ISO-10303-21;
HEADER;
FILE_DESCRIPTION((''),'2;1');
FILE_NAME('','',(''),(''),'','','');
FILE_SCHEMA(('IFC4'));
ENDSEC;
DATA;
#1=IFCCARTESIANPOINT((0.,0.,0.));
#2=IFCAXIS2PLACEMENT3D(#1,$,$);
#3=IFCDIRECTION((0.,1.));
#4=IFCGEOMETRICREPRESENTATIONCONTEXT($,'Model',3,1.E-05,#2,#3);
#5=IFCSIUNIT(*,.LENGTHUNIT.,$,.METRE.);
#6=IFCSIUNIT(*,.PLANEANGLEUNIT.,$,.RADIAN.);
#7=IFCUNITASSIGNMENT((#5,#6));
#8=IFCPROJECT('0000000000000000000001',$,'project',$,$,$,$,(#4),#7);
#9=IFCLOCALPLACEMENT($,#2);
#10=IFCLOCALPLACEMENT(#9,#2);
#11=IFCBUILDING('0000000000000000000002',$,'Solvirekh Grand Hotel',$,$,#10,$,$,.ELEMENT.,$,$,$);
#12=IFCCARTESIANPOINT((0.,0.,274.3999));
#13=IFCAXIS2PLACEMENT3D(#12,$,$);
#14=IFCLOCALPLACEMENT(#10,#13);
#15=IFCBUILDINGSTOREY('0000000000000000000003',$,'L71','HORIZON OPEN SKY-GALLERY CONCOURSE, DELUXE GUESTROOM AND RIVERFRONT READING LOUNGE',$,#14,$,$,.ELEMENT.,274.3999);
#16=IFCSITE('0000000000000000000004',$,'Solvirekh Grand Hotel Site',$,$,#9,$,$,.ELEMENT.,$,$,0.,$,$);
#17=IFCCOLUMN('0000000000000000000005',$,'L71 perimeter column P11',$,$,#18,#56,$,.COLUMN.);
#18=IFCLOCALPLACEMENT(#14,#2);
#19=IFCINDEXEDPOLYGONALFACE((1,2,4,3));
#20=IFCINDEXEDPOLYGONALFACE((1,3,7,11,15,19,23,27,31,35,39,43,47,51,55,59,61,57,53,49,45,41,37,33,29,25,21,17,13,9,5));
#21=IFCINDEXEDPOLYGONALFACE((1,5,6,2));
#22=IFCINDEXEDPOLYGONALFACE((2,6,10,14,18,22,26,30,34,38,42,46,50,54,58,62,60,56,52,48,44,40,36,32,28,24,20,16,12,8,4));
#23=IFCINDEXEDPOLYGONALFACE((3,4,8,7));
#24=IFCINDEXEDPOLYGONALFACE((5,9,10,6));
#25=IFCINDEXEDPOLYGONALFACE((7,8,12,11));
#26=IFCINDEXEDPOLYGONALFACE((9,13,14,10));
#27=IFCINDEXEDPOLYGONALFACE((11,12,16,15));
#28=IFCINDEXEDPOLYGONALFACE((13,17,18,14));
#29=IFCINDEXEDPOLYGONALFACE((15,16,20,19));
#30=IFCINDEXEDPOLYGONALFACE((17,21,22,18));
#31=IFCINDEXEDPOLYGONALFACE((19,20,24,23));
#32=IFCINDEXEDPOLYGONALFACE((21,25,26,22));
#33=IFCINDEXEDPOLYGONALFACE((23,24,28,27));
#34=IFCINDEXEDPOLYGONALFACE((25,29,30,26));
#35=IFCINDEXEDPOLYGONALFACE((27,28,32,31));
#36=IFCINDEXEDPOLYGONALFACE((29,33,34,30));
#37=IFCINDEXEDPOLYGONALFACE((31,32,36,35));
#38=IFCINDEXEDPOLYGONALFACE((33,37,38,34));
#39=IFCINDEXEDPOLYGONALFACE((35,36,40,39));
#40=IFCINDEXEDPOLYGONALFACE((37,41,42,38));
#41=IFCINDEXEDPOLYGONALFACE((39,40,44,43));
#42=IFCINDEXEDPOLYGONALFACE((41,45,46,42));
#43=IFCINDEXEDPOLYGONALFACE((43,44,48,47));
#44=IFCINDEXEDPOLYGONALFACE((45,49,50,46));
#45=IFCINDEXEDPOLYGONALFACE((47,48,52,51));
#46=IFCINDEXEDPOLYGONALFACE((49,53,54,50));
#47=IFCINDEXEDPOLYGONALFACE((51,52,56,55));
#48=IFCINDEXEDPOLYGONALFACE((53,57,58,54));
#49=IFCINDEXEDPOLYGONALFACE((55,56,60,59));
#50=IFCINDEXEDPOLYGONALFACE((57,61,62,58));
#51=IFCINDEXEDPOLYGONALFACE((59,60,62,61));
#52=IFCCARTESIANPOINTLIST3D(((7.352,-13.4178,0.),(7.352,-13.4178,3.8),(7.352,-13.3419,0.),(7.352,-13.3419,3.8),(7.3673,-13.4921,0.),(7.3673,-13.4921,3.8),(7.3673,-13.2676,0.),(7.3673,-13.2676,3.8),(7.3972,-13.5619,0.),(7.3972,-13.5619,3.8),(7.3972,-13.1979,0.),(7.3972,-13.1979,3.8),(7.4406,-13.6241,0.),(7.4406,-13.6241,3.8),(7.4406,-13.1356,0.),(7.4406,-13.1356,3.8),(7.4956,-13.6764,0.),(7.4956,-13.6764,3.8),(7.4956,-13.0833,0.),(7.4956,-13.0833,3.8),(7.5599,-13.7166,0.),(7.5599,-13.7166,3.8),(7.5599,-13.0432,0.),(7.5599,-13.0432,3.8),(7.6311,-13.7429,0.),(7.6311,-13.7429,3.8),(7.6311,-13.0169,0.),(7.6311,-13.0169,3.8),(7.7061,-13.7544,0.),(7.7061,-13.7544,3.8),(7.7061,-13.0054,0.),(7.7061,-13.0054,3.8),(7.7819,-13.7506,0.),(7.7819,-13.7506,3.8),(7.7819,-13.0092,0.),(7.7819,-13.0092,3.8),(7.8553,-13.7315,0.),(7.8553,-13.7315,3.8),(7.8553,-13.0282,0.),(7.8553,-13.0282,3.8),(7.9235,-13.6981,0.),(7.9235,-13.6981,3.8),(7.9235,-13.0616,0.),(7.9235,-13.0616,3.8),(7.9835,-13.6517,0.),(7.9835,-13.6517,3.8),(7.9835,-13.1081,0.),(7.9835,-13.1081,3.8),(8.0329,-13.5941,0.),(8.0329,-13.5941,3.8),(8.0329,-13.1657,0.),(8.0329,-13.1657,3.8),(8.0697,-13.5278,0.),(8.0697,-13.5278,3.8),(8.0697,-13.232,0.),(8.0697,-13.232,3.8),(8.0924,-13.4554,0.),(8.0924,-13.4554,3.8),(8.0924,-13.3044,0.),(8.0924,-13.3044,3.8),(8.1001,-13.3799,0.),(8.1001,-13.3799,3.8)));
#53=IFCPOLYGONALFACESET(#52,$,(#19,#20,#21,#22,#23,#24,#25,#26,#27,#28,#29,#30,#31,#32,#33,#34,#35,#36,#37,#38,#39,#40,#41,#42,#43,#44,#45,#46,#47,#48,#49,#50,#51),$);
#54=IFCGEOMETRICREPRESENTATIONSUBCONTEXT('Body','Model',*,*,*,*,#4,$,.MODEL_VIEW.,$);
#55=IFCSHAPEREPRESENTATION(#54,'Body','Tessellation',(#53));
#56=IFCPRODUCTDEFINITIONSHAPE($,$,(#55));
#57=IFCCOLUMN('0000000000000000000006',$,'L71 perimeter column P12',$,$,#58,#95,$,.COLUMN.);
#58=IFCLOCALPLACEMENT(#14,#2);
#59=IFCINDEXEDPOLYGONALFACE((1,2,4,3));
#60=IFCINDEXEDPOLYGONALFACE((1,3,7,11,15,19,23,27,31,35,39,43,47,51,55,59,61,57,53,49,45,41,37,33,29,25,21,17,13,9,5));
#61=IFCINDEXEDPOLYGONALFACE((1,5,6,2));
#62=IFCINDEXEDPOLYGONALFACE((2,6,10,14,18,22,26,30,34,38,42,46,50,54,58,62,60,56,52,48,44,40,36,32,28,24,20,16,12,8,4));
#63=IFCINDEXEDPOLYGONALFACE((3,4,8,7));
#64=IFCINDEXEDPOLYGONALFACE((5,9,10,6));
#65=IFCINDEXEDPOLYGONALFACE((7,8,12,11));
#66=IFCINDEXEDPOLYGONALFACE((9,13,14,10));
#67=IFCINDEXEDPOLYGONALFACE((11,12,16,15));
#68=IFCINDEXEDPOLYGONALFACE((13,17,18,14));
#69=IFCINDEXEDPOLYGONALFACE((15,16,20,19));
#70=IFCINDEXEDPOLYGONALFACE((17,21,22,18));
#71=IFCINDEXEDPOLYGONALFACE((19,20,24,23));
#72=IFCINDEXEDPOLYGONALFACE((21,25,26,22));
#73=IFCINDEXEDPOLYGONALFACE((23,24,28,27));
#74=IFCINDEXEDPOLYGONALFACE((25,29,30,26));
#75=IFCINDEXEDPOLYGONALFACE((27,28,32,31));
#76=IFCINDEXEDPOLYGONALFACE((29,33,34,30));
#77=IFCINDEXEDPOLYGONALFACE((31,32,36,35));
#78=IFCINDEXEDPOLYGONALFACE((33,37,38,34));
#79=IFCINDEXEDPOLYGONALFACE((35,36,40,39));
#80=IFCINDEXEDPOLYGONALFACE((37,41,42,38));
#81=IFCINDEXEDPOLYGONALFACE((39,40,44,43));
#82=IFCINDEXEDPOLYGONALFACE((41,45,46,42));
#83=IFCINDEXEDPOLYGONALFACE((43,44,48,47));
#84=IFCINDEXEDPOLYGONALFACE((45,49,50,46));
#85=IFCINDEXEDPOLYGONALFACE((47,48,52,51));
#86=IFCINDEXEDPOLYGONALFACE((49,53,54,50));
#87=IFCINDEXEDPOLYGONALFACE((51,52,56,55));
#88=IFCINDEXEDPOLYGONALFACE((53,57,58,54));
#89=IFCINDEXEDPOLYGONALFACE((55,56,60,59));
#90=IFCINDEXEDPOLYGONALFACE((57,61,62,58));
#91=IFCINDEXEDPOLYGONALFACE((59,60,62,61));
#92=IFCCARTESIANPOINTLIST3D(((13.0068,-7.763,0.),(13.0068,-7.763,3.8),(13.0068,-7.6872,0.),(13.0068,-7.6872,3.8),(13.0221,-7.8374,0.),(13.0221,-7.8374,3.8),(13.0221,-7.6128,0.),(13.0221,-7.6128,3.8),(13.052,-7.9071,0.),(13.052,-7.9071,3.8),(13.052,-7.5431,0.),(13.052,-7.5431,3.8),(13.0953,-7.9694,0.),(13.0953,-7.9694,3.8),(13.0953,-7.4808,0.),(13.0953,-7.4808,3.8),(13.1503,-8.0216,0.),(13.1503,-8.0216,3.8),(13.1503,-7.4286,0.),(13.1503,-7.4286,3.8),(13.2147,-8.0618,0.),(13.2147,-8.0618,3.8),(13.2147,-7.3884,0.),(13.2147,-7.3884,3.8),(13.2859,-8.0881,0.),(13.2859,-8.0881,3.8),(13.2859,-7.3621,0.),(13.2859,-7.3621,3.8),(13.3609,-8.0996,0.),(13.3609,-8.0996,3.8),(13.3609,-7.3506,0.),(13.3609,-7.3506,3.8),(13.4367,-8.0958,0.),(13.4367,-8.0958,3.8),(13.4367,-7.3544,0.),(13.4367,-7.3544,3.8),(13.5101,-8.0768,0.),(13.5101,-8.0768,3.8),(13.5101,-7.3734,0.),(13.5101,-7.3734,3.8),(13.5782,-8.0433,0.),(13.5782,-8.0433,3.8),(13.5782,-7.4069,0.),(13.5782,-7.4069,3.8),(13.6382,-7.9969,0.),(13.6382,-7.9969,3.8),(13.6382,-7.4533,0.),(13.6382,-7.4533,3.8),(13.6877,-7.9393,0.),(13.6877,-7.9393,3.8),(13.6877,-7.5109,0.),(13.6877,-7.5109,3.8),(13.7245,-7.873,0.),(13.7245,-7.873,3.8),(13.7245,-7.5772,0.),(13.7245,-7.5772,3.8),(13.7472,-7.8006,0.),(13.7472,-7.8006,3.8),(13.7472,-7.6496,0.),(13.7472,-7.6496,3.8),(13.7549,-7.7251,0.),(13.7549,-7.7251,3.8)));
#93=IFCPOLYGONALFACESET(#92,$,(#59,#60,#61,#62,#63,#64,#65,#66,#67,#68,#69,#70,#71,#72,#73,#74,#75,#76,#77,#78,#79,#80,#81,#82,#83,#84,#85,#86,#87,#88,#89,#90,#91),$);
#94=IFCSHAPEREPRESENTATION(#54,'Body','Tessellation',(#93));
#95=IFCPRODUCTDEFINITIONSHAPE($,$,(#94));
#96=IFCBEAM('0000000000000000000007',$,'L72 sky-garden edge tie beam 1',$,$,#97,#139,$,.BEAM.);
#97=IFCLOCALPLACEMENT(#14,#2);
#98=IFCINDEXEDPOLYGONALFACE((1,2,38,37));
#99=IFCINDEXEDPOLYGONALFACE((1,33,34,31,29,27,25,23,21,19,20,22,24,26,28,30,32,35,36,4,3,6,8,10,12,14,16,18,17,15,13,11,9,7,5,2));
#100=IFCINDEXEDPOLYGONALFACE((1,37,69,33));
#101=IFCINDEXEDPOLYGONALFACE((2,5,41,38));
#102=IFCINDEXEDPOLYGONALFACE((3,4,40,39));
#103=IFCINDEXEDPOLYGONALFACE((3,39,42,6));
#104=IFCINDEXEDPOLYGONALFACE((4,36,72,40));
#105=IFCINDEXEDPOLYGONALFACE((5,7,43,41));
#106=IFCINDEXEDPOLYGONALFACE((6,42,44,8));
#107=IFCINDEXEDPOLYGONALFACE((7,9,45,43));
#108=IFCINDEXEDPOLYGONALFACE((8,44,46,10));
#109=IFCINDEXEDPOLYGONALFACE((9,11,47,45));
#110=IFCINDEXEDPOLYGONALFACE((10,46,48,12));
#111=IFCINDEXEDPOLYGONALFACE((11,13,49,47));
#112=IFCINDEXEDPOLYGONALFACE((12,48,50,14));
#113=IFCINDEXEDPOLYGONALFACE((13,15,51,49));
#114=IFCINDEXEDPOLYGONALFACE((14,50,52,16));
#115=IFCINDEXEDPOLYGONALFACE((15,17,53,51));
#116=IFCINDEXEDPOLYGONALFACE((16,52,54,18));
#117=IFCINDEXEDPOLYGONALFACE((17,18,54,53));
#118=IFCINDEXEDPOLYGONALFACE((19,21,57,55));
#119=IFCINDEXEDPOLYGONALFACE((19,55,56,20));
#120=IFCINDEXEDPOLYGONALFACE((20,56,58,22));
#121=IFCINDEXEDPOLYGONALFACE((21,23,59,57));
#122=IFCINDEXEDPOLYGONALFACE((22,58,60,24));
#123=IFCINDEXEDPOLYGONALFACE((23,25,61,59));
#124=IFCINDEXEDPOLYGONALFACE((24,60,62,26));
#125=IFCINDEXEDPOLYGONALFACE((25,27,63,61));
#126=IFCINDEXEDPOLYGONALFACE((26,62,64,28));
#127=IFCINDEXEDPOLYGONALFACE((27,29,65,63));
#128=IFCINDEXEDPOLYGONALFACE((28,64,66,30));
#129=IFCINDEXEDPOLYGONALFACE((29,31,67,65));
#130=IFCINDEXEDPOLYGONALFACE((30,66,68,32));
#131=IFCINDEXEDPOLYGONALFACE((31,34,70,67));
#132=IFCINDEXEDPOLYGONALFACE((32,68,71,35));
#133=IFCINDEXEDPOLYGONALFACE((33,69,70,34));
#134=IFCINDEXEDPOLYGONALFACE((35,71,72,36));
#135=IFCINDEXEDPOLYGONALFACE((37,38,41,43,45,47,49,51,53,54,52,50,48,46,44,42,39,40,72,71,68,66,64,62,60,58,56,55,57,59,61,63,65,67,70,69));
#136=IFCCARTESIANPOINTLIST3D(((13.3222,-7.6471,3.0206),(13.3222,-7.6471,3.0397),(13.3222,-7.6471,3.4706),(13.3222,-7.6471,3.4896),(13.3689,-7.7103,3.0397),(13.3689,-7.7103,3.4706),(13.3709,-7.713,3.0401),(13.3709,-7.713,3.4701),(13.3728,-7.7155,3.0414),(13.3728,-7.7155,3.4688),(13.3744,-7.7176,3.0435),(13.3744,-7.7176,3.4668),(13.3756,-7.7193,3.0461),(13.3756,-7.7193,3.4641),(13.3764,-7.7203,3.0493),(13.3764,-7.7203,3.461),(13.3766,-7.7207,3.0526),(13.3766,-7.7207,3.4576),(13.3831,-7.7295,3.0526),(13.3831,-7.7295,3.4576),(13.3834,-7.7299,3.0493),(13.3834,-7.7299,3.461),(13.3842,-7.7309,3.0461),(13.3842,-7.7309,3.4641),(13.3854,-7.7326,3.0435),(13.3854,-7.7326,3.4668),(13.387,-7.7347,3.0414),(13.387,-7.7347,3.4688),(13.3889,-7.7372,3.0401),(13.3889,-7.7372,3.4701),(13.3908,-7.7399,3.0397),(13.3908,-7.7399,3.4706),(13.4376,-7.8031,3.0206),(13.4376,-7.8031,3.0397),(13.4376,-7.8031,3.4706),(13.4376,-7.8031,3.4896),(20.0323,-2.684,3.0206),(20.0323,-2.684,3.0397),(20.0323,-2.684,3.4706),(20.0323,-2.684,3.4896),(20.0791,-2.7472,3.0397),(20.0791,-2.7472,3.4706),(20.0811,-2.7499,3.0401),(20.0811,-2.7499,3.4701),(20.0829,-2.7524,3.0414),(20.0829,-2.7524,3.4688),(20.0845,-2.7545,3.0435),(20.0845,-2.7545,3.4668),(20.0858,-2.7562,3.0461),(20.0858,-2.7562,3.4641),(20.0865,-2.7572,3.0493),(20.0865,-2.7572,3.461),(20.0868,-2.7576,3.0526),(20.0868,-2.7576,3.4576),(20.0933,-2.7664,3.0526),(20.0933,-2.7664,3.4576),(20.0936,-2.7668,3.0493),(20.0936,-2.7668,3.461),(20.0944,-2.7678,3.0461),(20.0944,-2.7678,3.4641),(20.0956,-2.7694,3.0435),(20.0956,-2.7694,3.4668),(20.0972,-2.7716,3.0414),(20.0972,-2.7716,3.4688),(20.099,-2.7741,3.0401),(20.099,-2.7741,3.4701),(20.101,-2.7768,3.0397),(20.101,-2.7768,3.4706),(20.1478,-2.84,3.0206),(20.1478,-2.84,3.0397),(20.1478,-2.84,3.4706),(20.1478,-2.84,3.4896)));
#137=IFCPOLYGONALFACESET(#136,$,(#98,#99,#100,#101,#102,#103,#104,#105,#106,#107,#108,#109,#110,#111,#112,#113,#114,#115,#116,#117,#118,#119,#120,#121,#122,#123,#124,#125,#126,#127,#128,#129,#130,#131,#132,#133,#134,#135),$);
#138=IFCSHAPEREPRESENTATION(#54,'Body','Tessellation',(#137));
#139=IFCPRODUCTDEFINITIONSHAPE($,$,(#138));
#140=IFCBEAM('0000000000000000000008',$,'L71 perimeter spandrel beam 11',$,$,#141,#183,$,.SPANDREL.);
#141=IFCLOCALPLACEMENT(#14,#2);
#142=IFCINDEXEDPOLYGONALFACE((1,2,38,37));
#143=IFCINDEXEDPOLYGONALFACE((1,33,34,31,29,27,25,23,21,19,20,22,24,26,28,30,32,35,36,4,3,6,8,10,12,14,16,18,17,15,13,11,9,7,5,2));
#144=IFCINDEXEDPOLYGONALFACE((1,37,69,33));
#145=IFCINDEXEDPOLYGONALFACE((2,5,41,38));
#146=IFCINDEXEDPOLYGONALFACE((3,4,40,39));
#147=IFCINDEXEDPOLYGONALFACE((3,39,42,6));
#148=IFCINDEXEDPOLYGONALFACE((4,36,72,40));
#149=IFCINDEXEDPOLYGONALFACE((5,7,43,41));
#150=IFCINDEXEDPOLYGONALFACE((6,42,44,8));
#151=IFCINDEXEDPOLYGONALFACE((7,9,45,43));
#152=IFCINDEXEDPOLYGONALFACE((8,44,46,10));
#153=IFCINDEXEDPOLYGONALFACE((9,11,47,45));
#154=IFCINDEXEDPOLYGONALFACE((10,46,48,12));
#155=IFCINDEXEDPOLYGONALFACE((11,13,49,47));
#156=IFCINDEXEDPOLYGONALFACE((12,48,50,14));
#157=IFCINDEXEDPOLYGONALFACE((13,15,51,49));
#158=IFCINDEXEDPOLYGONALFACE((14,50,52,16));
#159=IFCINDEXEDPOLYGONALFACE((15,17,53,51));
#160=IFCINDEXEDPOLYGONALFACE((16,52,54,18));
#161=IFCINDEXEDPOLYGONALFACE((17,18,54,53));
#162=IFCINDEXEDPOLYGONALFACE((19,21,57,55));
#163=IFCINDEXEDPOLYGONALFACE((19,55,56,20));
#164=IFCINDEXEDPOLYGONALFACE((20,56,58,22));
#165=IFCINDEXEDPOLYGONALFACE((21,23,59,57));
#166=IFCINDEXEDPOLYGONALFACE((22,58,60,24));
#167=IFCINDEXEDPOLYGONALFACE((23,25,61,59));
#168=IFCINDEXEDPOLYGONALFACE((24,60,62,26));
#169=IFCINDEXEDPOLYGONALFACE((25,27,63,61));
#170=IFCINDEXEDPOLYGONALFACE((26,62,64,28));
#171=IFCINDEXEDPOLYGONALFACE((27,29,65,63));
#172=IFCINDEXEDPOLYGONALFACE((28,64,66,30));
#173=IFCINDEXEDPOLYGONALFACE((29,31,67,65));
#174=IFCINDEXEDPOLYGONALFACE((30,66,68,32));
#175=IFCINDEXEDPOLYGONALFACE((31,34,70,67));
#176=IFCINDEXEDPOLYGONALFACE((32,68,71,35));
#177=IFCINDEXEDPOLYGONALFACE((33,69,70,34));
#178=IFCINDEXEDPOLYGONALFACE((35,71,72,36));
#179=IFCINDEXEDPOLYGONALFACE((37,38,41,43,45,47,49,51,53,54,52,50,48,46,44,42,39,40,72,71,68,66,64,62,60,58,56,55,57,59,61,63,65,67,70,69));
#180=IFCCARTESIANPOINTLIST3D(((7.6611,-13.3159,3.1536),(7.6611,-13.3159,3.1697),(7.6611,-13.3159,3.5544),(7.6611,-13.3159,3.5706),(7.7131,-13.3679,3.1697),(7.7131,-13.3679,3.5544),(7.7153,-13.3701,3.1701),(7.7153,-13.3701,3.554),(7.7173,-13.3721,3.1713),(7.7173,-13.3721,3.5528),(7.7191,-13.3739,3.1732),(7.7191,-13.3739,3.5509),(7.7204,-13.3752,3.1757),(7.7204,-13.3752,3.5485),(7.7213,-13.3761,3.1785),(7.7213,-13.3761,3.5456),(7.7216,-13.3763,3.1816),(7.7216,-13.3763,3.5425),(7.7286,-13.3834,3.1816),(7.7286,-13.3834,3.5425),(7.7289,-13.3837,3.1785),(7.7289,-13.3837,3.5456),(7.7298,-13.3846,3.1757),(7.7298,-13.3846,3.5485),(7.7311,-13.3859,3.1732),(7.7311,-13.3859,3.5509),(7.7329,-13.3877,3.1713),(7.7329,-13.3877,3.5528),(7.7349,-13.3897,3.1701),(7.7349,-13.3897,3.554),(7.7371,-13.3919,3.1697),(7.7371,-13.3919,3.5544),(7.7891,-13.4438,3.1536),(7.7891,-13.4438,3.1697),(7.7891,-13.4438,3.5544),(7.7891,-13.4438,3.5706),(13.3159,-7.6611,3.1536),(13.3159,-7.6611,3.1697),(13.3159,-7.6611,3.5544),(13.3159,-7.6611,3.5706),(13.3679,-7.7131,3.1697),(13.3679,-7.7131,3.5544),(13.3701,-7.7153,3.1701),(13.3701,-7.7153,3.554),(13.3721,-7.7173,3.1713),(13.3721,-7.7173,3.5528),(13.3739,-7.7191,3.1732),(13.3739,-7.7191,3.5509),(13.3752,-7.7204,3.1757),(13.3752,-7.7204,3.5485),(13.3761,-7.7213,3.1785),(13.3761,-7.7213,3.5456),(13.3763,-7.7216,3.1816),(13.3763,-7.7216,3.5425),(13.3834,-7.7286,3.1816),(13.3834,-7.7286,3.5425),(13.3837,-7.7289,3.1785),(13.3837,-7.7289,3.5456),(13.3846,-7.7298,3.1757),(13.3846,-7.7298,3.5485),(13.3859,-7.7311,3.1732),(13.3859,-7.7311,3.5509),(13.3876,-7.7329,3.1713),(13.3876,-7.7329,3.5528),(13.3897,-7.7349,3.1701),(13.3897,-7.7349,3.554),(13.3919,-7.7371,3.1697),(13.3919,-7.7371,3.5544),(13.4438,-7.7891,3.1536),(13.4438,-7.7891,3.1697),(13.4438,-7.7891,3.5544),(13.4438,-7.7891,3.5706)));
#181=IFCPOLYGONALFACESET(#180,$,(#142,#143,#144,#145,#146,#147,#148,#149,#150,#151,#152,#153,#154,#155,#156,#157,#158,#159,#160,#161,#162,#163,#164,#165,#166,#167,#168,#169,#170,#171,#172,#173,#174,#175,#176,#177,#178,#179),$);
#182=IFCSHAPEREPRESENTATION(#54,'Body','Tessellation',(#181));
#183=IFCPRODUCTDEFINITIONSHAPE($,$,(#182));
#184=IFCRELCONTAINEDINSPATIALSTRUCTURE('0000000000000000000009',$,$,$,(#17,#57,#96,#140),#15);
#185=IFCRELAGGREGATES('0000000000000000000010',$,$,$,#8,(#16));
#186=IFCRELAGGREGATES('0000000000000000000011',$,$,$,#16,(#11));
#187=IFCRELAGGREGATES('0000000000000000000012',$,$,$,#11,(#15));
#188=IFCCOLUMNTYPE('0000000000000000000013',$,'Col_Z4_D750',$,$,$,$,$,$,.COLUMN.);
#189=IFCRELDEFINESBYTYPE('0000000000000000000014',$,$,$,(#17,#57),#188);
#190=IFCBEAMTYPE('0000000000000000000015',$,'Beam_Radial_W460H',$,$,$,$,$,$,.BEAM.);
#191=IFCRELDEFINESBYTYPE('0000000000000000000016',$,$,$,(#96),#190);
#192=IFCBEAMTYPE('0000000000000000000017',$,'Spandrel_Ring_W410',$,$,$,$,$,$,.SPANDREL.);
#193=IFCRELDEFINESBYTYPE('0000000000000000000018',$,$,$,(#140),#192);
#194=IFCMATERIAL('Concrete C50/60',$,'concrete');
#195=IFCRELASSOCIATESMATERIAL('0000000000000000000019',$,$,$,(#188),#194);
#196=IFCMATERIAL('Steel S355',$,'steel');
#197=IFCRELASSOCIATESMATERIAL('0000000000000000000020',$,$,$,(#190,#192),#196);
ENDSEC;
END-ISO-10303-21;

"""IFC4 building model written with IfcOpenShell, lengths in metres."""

from ifc_helpers import new_model, si_unit, direction, frame, origin, origin_2d, place, context, subcontext, project, spatial, circle, i_section, extrude, material, material_profile, profile_set, type_object, element, save


model = new_model("IFC4")

# Units and contexts
model_context = context("Model", 3, precision=1e-05, world=origin(), true_north=direction((0.0, 1.0)))
body_context = subcontext(model_context, "Body", "Model", "MODEL_VIEW")
ifc_project = project(units=[si_unit("LENGTHUNIT", "METRE"), si_unit("PLANEANGLEUNIT", "RADIAN")], contexts=[model_context])

# Site, building, storey
site_placement = place(None, origin())
site = spatial("IfcSite", under=ifc_project, at=site_placement, Name="Solvirekh Grand Hotel Site", CompositionType="ELEMENT", RefElevation=0.0)
building_placement = place(site_placement, origin())
building = spatial("IfcBuilding", under=site, at=building_placement, Name="Solvirekh Grand Hotel", CompositionType="ELEMENT")
storey_placement = place(building_placement, frame((0.0, 0.0, 274.3999)))
storey = spatial("IfcBuildingStorey", under=building, at=storey_placement, Name="L71", Description="HORIZON OPEN SKY-GALLERY CONCOURSE, DELUXE GUESTROOM AND RIVERFRONT READING LOUNGE", CompositionType="ELEMENT", Elevation=274.3999)

# Columns
ifc_material_1 = material(Name="Concrete C50/60", Category="concrete")
ifc_material_profile_1 = material_profile(ifc_material_1, circle(Radius=0.375, at=origin_2d()), Name="RC CIRC D750")
ifc_profile_set_1 = profile_set([ifc_material_profile_1], Name="Concrete C50/60")
column_type = type_object("IfcColumnType", Name="Col_Z4_D750", PredefinedType="COLUMN", material=ifc_profile_set_1)
for number, where, z_axis, x_axis, name in (
    (1, (7.7251, -13.3799, 0.0), (0.0, 0.0, 1.0), (1.0, 0.0, 0.0), "L71 perimeter column P11"),
    (2, (13.3799, -7.7251, 0.0), (0.0, 0.0, 1.0), (1.0, 0.0, 0.0), "L71 perimeter column P12"),
):
    element("IfcColumn", number, at=place(storey_placement, frame(where, z_axis=z_axis, x_axis=x_axis)), inside=storey, type_object=column_type, Name=name, PredefinedType="COLUMN", context=body_context, shape_type="SweptSolid", body=[
        extrude(circle(Radius=0.375, at=origin_2d()), origin(), (0.0, 0.0, 1.0), 3.8),
    ])

# Beams
ifc_material_2 = material(Name="Steel S355", Category="steel")
ifc_material_profile_2 = material_profile(ifc_material_2, i_section(OverallWidth=0.1941, OverallDepth=0.469, WebThickness=0.011, FlangeThickness=0.019, FilletRadius=0.0129, at=origin_2d()), Name="W460X106")
ifc_profile_set_2 = profile_set([ifc_material_profile_2], Name="Steel S355")
beam_type_1 = type_object("IfcBeamType", Name="Beam_Radial_W460H", PredefinedType="BEAM", material=ifc_profile_set_2)
beam_1_placement = place(storey_placement, frame((13.3799, -7.7251, 3.2551), z_axis=(0.80398, 0.594656, 0.0), x_axis=(-0.594656, 0.80398, 0.0)))
element("IfcBeam", 3, at=beam_1_placement, inside=storey, type_object=beam_type_1, Name="L72 sky-garden edge tie beam 1", PredefinedType="BEAM", context=body_context, shape_type="SweptSolid", body=[
    extrude(i_section(OverallWidth=0.1941, OverallDepth=0.469, WebThickness=0.011, FlangeThickness=0.019, FilletRadius=0.0129, at=origin_2d()), origin(), (0.0, 0.0, 1.0), 8.3462),
])
ifc_material_profile_3 = material_profile(ifc_material_2, i_section(OverallWidth=0.1809, OverallDepth=0.417, WebThickness=0.01, FlangeThickness=0.0161, FilletRadius=0.012, at=origin_2d()), Name="W410X85")
ifc_profile_set_3 = profile_set([ifc_material_profile_3], Name="Steel S355")
beam_type_2 = type_object("IfcBeamType", Name="Spandrel_Ring_W410", PredefinedType="SPANDREL", material=ifc_profile_set_3)
beam_2_placement = place(storey_placement, frame((7.7251, -13.3799, 3.3621), z_axis=(0.707107, 0.707107, 0.0), x_axis=(-0.707107, 0.707107, 0.0)))
element("IfcBeam", 4, at=beam_2_placement, inside=storey, type_object=beam_type_2, Name="L71 perimeter spandrel beam 11", PredefinedType="SPANDREL", context=body_context, shape_type="SweptSolid", body=[
    extrude(i_section(OverallWidth=0.1809, OverallDepth=0.417, WebThickness=0.01, FlangeThickness=0.0161, FilletRadius=0.012, at=origin_2d()), origin(), (0.0, 0.0, 1.0), 7.9971),
])

save(model, "model.ifc")
